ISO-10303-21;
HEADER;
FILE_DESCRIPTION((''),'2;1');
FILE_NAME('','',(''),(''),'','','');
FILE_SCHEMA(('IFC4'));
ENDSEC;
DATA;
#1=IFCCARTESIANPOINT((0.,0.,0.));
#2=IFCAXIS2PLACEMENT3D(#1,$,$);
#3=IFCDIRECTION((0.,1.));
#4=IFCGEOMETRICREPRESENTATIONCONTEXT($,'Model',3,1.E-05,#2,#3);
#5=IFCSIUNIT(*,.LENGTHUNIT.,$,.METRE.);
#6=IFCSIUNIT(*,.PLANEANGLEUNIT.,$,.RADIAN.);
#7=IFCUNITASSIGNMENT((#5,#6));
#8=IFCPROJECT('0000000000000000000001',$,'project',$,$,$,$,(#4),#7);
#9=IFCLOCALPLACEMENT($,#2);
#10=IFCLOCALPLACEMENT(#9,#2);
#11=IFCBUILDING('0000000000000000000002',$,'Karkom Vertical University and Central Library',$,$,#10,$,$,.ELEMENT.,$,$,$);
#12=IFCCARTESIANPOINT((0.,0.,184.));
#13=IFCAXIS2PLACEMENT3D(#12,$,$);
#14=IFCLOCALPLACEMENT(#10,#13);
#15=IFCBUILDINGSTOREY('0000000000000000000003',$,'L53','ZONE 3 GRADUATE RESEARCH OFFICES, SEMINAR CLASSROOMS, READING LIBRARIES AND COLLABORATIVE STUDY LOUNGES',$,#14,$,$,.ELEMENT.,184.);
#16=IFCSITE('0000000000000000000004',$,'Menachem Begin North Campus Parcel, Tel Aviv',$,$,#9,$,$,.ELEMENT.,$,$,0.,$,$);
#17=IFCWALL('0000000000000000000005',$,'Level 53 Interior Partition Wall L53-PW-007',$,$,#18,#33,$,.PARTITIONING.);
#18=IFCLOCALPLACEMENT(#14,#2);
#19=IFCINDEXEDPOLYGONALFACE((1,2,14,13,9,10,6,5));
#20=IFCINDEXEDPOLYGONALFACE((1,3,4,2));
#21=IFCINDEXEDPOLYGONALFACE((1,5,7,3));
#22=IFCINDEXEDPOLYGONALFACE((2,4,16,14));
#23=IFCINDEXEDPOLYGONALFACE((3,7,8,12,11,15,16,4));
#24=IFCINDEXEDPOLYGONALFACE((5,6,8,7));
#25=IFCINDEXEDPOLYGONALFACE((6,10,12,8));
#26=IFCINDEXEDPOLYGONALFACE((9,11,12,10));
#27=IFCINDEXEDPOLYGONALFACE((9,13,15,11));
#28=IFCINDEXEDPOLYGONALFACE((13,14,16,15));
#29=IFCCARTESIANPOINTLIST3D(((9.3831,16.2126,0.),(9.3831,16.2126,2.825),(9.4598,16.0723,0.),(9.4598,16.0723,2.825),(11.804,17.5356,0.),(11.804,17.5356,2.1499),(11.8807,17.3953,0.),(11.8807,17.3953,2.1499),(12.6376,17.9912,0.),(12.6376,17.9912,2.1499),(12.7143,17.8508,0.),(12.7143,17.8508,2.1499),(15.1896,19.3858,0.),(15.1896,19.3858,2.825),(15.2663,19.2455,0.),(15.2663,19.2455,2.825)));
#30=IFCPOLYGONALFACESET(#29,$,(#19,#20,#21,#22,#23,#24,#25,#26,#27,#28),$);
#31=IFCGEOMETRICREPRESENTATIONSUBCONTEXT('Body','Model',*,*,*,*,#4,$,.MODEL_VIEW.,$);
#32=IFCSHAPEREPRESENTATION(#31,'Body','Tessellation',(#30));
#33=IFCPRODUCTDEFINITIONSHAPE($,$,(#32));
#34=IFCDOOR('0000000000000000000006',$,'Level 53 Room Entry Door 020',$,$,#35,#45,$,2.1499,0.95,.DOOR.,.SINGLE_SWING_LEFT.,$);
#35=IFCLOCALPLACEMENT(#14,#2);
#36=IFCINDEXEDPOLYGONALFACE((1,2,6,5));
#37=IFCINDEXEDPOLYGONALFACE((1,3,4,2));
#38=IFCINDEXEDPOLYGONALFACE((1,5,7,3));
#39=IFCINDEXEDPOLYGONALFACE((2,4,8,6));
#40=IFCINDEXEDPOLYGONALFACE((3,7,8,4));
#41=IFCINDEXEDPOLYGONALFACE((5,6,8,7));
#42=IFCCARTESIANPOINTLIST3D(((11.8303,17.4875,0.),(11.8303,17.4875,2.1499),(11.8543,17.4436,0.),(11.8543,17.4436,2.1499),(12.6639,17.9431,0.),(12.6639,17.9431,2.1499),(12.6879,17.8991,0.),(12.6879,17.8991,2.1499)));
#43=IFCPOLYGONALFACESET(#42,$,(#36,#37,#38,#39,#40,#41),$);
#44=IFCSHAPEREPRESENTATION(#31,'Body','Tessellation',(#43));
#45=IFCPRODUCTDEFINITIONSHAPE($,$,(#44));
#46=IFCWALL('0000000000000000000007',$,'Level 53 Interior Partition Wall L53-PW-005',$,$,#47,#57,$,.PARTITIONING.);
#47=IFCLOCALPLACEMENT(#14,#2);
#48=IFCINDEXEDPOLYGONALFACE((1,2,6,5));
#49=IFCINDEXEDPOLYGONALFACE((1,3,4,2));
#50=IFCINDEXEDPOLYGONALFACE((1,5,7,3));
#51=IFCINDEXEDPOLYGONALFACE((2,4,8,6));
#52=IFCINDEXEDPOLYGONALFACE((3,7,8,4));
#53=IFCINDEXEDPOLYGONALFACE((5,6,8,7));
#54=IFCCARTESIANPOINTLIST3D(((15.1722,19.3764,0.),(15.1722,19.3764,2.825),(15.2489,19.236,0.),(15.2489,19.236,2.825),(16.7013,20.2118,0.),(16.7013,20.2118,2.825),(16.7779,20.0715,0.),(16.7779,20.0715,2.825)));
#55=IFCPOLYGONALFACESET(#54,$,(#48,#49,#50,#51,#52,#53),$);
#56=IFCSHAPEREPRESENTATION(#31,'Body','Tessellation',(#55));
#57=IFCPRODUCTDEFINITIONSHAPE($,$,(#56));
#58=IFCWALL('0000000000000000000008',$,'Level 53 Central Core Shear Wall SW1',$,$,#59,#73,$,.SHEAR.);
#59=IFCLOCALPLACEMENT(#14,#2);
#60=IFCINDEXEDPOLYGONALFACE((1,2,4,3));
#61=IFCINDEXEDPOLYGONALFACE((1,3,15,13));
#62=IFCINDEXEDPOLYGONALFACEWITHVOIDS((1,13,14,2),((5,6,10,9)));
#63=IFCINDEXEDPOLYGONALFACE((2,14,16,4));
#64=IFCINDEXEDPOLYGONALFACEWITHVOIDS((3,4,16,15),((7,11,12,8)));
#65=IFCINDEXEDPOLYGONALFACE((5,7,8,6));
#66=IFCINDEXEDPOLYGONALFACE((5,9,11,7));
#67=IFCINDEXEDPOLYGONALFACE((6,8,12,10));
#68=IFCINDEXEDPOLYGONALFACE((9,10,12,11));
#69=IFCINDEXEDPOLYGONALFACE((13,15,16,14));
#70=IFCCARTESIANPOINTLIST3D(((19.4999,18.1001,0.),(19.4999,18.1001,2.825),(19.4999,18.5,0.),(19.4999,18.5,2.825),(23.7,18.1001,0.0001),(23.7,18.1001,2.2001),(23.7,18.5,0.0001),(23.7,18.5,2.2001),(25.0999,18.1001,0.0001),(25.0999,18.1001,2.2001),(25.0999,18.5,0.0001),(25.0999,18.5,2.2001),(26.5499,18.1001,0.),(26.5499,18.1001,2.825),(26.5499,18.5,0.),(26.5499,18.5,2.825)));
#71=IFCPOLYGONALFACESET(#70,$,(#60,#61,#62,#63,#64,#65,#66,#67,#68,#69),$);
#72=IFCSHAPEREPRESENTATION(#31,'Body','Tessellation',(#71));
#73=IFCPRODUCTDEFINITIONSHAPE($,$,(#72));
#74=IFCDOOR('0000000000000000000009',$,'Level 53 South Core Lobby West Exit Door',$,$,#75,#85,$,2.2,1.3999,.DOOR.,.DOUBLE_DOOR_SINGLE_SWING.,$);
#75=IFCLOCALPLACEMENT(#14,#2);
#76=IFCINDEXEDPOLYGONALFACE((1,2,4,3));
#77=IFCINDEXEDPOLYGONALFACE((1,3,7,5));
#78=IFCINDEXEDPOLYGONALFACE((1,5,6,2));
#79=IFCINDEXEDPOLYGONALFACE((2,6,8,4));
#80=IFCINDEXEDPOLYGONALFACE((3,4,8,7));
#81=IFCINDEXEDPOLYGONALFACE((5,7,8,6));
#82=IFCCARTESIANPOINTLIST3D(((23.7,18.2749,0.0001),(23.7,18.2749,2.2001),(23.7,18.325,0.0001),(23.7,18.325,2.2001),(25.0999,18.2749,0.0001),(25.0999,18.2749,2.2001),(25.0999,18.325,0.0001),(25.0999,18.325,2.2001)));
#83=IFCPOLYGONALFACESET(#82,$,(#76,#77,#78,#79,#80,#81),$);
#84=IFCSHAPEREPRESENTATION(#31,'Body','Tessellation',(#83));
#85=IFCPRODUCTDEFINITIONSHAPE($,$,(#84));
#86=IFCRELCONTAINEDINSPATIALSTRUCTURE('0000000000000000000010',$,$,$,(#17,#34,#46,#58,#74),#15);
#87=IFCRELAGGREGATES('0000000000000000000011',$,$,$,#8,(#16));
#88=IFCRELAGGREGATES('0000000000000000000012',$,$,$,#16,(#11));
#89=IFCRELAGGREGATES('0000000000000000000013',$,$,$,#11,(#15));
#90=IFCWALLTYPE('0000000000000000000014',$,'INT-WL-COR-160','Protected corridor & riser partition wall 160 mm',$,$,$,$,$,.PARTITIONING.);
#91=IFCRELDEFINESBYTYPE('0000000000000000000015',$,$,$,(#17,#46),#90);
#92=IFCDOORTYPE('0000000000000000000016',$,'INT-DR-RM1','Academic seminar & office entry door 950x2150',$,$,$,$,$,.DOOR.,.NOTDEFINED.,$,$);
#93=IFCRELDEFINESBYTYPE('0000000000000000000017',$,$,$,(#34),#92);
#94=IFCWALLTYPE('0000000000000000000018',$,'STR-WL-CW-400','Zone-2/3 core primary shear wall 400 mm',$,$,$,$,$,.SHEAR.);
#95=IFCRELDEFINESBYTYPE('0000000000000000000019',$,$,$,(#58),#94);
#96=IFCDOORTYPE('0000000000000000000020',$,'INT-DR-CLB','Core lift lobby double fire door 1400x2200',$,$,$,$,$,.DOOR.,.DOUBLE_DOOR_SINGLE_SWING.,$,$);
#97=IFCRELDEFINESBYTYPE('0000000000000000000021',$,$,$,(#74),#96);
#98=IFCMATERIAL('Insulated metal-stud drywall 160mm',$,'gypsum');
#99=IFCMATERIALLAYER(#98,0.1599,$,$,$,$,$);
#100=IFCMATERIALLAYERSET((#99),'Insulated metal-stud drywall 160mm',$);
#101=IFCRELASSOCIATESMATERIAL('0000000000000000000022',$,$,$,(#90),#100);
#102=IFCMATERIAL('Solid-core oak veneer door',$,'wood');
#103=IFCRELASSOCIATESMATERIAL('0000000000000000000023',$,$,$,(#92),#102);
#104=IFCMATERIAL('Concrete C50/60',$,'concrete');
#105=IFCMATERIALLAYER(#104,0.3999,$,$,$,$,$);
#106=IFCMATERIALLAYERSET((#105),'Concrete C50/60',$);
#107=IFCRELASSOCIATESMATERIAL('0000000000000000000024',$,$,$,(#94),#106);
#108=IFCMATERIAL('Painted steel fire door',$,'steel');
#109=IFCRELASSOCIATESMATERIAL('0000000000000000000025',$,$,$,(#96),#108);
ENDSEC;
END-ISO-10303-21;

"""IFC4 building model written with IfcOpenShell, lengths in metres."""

from ifc_helpers import new_model, si_unit, direction, frame, frame_2d, origin, origin_with_axes, place, context, subcontext, project, spatial, rectangle, extrude, source, transform, mapped, material, layer, layer_set, type_object, element, fill, save


model = new_model("IFC4")

# Units and contexts
model_context = context("Model", 3, precision=1e-05, world=origin(), true_north=direction((0.0, 1.0)))
body_context = subcontext(model_context, "Body", "Model", "MODEL_VIEW")
ifc_project = project(units=[si_unit("LENGTHUNIT", "METRE"), si_unit("PLANEANGLEUNIT", "RADIAN")], contexts=[model_context])

# Site, building, storey
site_placement = place(None, origin())
site = spatial("IfcSite", under=ifc_project, at=site_placement, Name="Menachem Begin North Campus Parcel, Tel Aviv", CompositionType="ELEMENT", RefElevation=0.0)
building_placement = place(site_placement, origin())
building = spatial("IfcBuilding", under=site, at=building_placement, Name="Karkom Vertical University and Central Library", CompositionType="ELEMENT")
storey_placement = place(building_placement, frame((0.0, 0.0, 184.0)))
storey = spatial("IfcBuildingStorey", under=building, at=storey_placement, Name="L53", Description="ZONE 3 GRADUATE RESEARCH OFFICES, SEMINAR CLASSROOMS, READING LIBRARIES AND COLLABORATIVE STUDY LOUNGES", CompositionType="ELEMENT", Elevation=184.0)

# Shared definitions
ifc_material_1 = material(Name="Concrete C50/60", Category="concrete")

# Shared definitions
ifc_material_2 = material(Name="Insulated metal-stud drywall 160mm", Category="gypsum")
ifc_layer_1 = layer(ifc_material_2, 0.1599)
ifc_layer_set_1 = layer_set([ifc_layer_1], Name="Insulated metal-stud drywall 160mm")
wall_type_1 = type_object("IfcWallType", Name="INT-WL-COR-160", Description="Protected corridor & riser partition wall 160 mm", PredefinedType="PARTITIONING", material=ifc_layer_set_1)
ifc_material_3 = material(Name="Solid-core oak veneer door", Category="wood")
door_type_1 = type_object("IfcDoorType", Name="INT-DR-RM1", Description="Academic seminar & office entry door 950x2150", OperationType="NOTDEFINED", PredefinedType="DOOR", material=ifc_material_3)
shared_shape_1 = source(origin_with_axes(), body_context, "Body", "SweptSolid", [
    extrude(rectangle(XDim=0.95, YDim=2.1499, at=frame_2d((0.4751, 1.075))), frame((0.0, 0.0249, 0.0), z_axis=(0.0, -1.0, 0.0), x_axis=(1.0, 0.0, 0.0)), (0.0, 0.0, 1.0), 0.05),
])

# Wall, opening, door
wall_1_placement = place(storey_placement, frame((15.228, 19.3157, 0.0), z_axis=(0.0, 0.0, 1.0), x_axis=(-0.877516, -0.479547, 0.0)))
wall_1 = element("IfcWall", 1, at=wall_1_placement, inside=storey, type_object=wall_type_1, Name="Level 53 Interior Partition Wall L53-PW-007", PredefinedType="PARTITIONING", context=body_context, shape_type="SweptSolid", body=[
    extrude(rectangle(XDim=6.6169, YDim=0.1599, at=frame_2d((3.3086, 0.0))), origin(), (0.0, 0.0, 1.0), 2.825),
])
opening_1_placement = place(wall_1_placement, frame((2.9082, 0.0, 0.0)))
opening_1 = element("IfcOpeningElement", 2, at=opening_1_placement, cuts=wall_1, PredefinedType="OPENING", context=body_context, shape_type="SweptSolid", body=[
    extrude(rectangle(XDim=0.95, YDim=2.1499, at=frame_2d((0.4751, 1.075))), frame((0.0, 0.0898, 0.0), z_axis=(0.0, -1.0, 0.0), x_axis=(1.0, 0.0, 0.0)), (0.0, 0.0, 1.0), 0.1799),
])
door_1_placement = place(opening_1_placement, origin())
door_1 = element("IfcDoor", 3, at=door_1_placement, inside=storey, type_object=door_type_1, Name="Level 53 Room Entry Door 020", OperationType="SINGLE_SWING_LEFT", OverallHeight=2.1499, OverallWidth=0.95, PredefinedType="DOOR", context=body_context, shape_type="MappedRepresentation", body=[
    mapped(shared_shape_1, transform((0.0, 0.0, 0.0), scale=1.0)),
])
fill(opening_1, door_1)

# Wall
wall_2_placement = place(storey_placement, frame((16.7395, 20.1416, 0.0), z_axis=(0.0, 0.0, 1.0), x_axis=(-0.877553, -0.47948, 0.0)))
element("IfcWall", 4, at=wall_2_placement, inside=storey, type_object=wall_type_1, Name="Level 53 Interior Partition Wall L53-PW-005", PredefinedType="PARTITIONING", context=body_context, shape_type="SweptSolid", body=[
    extrude(rectangle(XDim=1.7424, YDim=0.1599, at=frame_2d((0.8711, 0.0))), origin(), (0.0, 0.0, 1.0), 2.825),
])

# Wall, opening, door
ifc_layer_2 = layer(ifc_material_1, 0.3999)
ifc_layer_set_2 = layer_set([ifc_layer_2], Name="Concrete C50/60")
wall_type_2 = type_object("IfcWallType", Name="STR-WL-CW-400", Description="Zone-2/3 core primary shear wall 400 mm", PredefinedType="SHEAR", material=ifc_layer_set_2)
wall_3_placement = place(storey_placement, frame((19.5, 18.3, 0.0), z_axis=(0.0, 0.0, 1.0), x_axis=(1.0, 0.0, 0.0)))
wall_3 = element("IfcWall", 5, at=wall_3_placement, inside=storey, type_object=wall_type_2, Name="Level 53 Central Core Shear Wall SW1", PredefinedType="SHEAR", context=body_context, shape_type="SweptSolid", body=[
    extrude(rectangle(XDim=7.05, YDim=0.3999, at=frame_2d((3.5249, 0.0))), origin(), (0.0, 0.0, 1.0), 2.825),
])
opening_2_placement = place(wall_3_placement, frame((4.2, 0.0, 0.0)))
opening_2 = element("IfcOpeningElement", 6, at=opening_2_placement, cuts=wall_3, PredefinedType="OPENING", context=body_context, shape_type="SweptSolid", body=[
    extrude(rectangle(XDim=1.3999, YDim=2.2, at=frame_2d((0.7, 1.1001))), frame((0.0, 0.21, 0.0), z_axis=(0.0, -1.0, 0.0), x_axis=(1.0, 0.0, 0.0)), (0.0, 0.0, 1.0), 0.4199),
])
ifc_material_4 = material(Name="Painted steel fire door", Category="steel")
door_type_2 = type_object("IfcDoorType", Name="INT-DR-CLB", Description="Core lift lobby double fire door 1400x2200", OperationType="DOUBLE_DOOR_SINGLE_SWING", PredefinedType="DOOR", material=ifc_material_4)
shared_shape_2 = source(origin_with_axes(), body_context, "Body", "SweptSolid", [
    extrude(rectangle(XDim=1.3999, YDim=2.2, at=frame_2d((0.7, 1.1001))), frame((0.0, 0.0249, 0.0), z_axis=(0.0, -1.0, 0.0), x_axis=(1.0, 0.0, 0.0)), (0.0, 0.0, 1.0), 0.05),
])
door_2_placement = place(opening_2_placement, origin())
door_2 = element("IfcDoor", 7, at=door_2_placement, inside=storey, type_object=door_type_2, Name="Level 53 South Core Lobby West Exit Door", OperationType="DOUBLE_DOOR_SINGLE_SWING", OverallHeight=2.2, OverallWidth=1.3999, PredefinedType="DOOR", context=body_context, shape_type="MappedRepresentation", body=[
    mapped(shared_shape_2, transform((0.0, 0.0, 0.0), scale=1.0)),
])
fill(opening_2, door_2)

save(model, "model.ifc")
